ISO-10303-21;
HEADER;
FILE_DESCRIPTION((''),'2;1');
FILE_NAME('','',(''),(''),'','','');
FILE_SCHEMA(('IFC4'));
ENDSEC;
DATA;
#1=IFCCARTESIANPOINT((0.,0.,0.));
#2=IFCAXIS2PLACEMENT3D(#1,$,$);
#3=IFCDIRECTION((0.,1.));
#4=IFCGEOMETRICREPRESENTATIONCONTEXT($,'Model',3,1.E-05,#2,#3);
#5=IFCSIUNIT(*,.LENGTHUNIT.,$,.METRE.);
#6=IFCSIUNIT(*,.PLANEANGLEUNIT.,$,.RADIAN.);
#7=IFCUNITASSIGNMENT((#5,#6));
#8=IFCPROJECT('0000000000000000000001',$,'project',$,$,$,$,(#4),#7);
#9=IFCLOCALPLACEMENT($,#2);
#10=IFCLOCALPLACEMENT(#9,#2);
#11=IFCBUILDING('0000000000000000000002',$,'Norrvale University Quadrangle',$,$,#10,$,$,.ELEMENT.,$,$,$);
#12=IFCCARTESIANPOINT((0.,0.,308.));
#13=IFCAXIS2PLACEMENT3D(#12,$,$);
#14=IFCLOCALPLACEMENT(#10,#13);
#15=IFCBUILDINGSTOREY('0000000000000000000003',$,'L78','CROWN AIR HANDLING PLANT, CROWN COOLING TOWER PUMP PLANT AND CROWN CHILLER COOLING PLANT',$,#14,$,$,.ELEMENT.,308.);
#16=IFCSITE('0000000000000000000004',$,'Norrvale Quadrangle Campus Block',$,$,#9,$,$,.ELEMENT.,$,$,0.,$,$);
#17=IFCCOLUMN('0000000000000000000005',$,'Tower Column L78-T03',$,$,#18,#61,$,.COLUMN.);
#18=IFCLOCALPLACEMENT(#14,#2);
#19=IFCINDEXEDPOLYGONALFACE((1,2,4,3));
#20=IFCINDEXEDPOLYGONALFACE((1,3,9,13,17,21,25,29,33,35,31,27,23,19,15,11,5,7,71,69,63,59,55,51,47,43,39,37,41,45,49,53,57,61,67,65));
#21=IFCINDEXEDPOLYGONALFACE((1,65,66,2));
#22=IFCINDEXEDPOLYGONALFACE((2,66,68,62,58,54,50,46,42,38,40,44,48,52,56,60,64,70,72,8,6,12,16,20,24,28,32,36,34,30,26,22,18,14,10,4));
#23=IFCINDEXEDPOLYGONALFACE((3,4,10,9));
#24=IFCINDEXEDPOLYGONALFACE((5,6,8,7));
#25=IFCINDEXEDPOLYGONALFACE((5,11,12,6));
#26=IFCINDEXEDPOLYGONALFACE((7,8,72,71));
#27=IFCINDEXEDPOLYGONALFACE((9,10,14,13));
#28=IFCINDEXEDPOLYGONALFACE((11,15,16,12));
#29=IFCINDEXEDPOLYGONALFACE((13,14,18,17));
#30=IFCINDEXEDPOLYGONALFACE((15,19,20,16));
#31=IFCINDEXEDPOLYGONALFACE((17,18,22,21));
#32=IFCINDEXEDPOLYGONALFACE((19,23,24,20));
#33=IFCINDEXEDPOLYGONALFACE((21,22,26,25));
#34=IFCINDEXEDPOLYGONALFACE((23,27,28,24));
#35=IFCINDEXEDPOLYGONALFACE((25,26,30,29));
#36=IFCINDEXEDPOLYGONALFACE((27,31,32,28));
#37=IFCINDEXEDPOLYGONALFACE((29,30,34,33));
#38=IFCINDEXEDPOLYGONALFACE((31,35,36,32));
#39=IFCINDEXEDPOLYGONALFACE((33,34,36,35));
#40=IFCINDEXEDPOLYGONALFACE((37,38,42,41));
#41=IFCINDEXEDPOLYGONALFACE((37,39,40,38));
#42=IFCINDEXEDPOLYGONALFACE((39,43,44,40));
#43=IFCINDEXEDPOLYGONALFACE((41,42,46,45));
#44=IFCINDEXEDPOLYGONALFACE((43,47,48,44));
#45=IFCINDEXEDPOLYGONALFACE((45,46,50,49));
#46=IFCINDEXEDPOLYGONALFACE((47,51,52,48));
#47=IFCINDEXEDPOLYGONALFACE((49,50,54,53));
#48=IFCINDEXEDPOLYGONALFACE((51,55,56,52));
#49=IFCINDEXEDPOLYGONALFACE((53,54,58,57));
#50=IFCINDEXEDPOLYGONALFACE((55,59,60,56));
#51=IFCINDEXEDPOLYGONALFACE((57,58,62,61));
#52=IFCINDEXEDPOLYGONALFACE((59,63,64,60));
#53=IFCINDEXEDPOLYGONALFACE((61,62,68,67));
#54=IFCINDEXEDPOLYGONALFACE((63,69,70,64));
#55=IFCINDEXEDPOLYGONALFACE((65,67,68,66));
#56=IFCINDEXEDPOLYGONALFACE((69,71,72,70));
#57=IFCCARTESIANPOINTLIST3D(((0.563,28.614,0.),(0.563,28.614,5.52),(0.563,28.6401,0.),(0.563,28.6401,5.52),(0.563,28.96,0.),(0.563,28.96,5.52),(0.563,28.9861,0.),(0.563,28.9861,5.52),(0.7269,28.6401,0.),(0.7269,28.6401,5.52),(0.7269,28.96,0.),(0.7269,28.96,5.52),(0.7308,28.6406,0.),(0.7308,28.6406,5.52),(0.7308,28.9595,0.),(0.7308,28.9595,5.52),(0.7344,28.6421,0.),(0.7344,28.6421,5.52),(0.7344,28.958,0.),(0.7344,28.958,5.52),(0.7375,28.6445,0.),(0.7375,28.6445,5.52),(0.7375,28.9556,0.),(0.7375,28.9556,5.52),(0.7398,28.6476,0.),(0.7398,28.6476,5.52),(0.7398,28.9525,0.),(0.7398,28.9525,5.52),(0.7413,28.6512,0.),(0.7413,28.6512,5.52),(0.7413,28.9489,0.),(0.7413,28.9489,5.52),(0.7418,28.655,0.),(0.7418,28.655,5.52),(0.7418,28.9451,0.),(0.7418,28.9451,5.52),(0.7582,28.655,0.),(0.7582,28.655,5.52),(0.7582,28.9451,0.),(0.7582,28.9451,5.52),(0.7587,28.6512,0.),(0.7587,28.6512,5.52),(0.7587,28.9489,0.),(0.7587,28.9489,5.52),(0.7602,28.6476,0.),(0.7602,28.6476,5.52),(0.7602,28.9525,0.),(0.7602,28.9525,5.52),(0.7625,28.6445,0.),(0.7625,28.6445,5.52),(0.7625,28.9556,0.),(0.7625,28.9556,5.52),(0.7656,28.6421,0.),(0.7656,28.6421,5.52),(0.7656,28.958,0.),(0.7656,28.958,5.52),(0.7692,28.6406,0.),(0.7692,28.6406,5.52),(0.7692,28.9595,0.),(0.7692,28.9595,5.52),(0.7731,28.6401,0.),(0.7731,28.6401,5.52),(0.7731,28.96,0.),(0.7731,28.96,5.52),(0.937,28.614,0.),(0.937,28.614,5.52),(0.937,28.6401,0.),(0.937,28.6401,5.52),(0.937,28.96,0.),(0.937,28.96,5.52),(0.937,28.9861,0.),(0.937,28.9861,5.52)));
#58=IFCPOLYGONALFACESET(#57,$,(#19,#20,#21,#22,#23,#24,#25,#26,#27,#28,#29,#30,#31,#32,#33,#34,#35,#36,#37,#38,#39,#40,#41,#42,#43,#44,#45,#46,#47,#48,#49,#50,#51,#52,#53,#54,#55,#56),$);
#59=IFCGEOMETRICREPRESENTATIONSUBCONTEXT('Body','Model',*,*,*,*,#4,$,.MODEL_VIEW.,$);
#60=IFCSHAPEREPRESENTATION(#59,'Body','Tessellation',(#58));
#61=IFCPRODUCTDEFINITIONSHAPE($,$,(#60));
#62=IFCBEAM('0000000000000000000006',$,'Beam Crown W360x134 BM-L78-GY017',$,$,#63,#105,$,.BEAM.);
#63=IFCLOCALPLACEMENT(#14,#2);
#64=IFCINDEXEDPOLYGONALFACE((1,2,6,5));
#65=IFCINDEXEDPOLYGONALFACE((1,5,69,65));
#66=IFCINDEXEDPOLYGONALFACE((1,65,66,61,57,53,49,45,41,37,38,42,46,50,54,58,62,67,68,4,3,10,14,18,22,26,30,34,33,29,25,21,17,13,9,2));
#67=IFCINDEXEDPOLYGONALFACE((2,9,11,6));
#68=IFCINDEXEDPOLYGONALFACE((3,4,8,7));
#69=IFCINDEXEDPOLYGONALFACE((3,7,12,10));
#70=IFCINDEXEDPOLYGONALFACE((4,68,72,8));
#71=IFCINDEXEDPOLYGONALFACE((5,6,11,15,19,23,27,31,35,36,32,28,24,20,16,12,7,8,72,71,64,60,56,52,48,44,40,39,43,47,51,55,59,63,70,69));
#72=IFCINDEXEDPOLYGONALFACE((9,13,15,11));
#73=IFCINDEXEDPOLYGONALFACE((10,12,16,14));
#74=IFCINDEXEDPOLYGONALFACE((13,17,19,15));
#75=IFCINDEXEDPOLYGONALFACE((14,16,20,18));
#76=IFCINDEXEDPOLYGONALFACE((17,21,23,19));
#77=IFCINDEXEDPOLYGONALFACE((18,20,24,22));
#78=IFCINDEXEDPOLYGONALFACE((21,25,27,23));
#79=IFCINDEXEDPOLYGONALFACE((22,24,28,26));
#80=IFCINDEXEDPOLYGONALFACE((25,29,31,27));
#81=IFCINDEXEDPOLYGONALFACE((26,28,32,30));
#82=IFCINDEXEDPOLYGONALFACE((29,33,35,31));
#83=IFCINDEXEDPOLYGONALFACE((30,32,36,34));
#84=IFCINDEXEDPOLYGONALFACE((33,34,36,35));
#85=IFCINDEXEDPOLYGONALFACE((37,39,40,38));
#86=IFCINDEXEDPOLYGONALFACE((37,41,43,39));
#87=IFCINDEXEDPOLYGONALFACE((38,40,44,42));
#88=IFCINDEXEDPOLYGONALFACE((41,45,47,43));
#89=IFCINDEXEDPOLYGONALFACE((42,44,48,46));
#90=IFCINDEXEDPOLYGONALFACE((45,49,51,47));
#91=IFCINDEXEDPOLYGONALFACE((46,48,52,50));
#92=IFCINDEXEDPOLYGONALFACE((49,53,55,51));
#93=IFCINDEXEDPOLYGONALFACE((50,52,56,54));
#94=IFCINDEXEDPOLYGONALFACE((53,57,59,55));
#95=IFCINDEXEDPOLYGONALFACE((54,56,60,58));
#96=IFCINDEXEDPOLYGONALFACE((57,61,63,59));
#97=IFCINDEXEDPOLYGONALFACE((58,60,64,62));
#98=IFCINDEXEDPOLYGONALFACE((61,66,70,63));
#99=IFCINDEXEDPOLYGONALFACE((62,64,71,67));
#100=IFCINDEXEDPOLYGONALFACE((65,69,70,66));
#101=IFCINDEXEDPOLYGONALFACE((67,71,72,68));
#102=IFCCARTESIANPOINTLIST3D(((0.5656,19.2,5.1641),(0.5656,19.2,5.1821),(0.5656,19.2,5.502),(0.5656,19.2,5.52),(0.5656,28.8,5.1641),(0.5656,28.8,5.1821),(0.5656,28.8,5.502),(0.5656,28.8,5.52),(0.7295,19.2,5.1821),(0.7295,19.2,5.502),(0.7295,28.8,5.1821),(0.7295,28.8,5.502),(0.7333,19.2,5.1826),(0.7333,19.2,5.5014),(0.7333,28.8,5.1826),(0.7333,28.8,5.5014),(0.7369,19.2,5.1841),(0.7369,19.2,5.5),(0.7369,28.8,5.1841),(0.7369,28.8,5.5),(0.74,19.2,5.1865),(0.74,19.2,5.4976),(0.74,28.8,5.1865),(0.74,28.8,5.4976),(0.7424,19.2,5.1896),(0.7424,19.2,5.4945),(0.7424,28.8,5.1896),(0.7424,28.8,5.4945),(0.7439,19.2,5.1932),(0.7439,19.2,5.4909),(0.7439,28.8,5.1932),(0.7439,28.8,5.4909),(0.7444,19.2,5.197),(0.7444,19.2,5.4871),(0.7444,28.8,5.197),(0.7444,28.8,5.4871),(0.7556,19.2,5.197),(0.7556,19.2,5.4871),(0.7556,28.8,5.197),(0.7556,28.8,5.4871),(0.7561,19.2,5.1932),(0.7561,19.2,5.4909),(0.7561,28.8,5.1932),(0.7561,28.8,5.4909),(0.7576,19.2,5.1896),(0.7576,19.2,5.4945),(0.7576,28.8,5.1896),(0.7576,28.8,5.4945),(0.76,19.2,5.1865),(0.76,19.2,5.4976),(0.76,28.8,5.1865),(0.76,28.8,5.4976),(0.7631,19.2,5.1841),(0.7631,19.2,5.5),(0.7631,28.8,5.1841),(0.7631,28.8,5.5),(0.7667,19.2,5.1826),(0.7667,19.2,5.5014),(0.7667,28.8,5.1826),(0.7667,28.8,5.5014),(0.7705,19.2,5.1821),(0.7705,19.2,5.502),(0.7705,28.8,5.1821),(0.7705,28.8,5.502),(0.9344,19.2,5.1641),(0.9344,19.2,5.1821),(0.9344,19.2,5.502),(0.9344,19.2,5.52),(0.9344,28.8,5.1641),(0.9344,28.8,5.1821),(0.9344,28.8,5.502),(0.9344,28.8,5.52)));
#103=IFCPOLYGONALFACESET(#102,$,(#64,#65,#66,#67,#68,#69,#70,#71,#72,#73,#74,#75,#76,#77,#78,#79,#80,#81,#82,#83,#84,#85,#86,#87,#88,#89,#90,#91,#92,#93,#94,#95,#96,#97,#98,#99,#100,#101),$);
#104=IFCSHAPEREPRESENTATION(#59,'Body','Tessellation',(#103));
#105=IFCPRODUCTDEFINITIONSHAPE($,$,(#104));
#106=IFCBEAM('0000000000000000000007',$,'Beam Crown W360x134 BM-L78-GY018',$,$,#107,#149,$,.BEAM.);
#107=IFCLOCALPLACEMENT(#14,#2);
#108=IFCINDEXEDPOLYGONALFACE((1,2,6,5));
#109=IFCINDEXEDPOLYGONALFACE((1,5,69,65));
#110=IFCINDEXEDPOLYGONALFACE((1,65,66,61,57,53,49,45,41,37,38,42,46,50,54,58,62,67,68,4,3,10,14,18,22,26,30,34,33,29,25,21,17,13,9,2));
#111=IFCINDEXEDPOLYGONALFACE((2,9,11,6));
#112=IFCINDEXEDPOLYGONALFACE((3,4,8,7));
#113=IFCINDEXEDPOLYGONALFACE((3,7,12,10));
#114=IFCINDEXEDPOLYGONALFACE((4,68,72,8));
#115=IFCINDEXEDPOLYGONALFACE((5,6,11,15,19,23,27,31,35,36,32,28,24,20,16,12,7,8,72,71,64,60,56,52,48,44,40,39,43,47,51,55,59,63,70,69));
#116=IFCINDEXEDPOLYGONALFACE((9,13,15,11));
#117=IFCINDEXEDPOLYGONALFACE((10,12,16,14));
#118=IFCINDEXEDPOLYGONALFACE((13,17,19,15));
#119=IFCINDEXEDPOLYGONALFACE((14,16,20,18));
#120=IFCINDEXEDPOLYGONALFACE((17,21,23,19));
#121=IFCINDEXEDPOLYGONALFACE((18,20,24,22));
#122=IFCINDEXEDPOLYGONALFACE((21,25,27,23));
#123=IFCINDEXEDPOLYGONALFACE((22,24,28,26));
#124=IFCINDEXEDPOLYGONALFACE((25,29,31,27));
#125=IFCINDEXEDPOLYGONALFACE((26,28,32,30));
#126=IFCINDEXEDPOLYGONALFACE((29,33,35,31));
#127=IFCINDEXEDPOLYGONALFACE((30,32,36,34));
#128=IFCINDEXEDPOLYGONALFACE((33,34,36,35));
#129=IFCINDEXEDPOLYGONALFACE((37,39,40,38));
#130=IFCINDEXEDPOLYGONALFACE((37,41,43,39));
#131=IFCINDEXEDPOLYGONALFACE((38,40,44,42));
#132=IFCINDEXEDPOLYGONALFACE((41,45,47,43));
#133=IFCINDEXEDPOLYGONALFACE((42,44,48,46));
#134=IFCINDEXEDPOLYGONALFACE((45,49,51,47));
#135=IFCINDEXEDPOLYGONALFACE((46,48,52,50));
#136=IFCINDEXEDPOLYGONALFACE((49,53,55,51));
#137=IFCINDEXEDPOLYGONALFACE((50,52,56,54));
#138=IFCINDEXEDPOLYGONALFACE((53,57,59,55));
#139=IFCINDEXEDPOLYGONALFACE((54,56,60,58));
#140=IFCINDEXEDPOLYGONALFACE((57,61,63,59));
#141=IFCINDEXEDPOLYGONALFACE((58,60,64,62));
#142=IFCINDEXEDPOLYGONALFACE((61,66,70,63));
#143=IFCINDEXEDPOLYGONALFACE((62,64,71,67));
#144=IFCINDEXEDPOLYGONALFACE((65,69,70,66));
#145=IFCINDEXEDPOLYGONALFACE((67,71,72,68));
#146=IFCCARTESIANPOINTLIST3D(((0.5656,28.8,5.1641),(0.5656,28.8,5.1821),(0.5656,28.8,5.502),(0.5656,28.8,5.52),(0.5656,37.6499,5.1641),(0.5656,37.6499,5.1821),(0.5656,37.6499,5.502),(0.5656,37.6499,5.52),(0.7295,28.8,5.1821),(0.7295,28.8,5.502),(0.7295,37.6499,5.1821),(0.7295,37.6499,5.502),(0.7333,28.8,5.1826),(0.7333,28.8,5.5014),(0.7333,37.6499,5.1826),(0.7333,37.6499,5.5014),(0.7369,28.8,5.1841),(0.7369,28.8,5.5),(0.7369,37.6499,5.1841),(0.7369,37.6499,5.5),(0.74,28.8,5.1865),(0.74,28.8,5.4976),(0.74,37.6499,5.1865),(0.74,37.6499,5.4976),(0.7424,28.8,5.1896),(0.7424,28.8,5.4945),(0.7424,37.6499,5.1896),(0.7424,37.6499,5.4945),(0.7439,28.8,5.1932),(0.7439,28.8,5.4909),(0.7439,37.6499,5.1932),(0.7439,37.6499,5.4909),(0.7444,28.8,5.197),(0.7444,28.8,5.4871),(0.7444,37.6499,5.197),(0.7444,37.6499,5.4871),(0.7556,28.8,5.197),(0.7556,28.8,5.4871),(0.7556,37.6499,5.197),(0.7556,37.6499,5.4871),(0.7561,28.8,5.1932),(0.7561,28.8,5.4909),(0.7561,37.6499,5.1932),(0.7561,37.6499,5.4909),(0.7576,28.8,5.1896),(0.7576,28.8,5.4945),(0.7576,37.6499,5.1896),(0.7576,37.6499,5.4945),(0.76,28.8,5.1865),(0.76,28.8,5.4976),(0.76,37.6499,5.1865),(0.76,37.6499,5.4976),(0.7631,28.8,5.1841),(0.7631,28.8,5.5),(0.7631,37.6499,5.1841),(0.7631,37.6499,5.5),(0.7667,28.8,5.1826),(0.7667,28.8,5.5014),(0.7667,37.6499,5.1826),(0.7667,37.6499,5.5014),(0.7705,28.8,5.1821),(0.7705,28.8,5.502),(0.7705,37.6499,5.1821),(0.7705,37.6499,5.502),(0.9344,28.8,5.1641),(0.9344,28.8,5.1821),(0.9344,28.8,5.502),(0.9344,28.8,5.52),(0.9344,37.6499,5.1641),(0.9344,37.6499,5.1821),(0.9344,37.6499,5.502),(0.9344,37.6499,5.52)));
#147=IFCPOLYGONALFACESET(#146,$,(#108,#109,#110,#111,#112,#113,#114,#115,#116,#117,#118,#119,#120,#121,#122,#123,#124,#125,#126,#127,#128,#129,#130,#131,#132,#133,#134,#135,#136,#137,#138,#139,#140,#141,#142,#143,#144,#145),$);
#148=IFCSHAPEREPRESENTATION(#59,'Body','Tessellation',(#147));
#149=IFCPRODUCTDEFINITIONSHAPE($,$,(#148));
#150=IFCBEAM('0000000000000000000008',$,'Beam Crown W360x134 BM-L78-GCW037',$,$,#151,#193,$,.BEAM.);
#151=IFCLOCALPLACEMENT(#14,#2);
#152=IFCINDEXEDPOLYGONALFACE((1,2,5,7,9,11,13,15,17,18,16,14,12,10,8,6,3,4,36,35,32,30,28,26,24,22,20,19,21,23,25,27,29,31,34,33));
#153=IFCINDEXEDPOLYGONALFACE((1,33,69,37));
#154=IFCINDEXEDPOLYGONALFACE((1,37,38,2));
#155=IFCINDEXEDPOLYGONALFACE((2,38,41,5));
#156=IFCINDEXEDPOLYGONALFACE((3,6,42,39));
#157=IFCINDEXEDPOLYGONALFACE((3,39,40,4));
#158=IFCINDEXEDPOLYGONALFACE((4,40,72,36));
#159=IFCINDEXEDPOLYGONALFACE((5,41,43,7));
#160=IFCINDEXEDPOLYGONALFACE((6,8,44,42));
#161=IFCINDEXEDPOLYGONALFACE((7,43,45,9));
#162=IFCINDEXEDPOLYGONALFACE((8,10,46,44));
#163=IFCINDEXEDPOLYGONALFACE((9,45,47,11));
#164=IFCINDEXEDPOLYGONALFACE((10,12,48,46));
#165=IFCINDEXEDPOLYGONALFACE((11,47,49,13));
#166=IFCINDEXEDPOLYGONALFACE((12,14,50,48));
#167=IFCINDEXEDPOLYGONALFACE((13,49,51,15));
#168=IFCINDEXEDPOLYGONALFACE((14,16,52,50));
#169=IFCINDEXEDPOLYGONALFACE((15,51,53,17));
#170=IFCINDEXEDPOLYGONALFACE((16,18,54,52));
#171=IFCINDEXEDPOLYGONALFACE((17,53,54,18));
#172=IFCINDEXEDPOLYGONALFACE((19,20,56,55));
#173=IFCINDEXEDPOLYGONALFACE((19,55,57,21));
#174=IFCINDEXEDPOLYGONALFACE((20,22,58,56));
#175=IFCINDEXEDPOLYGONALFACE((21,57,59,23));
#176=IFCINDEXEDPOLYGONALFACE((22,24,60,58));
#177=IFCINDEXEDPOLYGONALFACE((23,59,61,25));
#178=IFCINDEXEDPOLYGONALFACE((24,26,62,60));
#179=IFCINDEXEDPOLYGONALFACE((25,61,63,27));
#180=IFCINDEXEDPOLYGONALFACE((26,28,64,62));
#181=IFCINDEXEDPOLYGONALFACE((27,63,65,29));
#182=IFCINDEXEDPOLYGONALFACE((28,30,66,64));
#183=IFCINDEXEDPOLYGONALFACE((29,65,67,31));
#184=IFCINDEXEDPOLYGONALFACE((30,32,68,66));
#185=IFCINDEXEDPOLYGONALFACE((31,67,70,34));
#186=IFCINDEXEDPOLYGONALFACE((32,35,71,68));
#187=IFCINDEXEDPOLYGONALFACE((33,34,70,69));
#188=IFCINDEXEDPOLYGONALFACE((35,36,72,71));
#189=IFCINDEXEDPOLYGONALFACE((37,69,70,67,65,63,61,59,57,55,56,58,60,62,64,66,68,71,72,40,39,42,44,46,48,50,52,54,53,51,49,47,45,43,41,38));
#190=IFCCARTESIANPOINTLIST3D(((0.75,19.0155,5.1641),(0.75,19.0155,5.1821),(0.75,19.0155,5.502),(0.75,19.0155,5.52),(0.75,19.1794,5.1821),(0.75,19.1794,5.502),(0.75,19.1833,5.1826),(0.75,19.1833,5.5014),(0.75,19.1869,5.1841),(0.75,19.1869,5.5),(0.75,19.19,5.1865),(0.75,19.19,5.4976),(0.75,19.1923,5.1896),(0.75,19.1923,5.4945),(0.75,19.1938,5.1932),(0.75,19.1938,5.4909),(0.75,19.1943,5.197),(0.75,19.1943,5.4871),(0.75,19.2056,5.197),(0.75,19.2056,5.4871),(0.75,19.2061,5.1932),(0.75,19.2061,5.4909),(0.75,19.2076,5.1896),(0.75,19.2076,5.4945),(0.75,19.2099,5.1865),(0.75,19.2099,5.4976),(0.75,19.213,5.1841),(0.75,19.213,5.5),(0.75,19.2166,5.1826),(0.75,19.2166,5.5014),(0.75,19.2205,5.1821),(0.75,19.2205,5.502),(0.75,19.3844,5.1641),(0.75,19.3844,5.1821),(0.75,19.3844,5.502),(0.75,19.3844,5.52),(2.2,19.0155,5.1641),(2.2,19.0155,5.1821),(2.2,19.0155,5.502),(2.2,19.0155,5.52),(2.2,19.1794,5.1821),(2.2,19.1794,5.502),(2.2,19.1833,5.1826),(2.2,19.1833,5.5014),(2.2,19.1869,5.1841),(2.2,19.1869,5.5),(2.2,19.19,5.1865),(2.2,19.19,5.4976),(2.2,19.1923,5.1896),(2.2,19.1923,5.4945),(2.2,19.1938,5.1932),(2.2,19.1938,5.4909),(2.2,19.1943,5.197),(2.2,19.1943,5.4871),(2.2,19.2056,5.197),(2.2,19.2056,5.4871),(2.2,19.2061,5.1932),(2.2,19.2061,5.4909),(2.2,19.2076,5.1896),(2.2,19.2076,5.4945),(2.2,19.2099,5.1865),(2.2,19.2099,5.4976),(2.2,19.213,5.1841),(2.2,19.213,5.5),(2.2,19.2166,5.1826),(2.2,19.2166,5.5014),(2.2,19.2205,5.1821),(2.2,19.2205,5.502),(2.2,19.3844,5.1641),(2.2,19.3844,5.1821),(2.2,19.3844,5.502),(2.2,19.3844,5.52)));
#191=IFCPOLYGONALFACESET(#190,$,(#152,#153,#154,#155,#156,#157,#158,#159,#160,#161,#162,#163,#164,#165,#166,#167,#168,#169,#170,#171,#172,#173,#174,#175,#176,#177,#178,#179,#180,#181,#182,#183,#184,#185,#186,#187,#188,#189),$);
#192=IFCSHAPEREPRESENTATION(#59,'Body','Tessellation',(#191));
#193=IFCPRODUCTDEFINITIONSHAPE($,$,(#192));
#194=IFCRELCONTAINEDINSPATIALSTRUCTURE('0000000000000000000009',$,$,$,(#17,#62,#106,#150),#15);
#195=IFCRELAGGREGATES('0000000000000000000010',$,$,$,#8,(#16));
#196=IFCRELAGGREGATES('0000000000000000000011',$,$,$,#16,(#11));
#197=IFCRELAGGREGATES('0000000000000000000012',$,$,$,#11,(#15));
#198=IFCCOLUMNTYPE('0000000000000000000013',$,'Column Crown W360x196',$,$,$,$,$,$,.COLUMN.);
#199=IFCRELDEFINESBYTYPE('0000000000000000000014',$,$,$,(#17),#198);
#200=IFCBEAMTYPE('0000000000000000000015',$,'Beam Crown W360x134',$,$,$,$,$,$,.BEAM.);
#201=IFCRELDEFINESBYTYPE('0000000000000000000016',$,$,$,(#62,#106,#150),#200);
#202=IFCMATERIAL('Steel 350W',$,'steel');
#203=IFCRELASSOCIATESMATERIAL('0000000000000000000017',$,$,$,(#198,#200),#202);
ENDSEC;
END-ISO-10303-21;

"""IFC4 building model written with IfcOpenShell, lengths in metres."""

from ifc_helpers import new_model, si_unit, direction, frame, origin, origin_2d, place, context, subcontext, project, spatial, i_section, extrude, material, material_profile, profile_set, type_object, element, save


model = new_model("IFC4")

# Units and contexts
model_context = context("Model", 3, precision=1e-05, world=origin(), true_north=direction((0.0, 1.0)))
body_context = subcontext(model_context, "Body", "Model", "MODEL_VIEW")
ifc_project = project(units=[si_unit("LENGTHUNIT", "METRE"), si_unit("PLANEANGLEUNIT", "RADIAN")], contexts=[model_context])

# Site, building, storey
site_placement = place(None, origin())
site = spatial("IfcSite", under=ifc_project, at=site_placement, Name="Norrvale Quadrangle Campus Block", CompositionType="ELEMENT", RefElevation=0.0)
building_placement = place(site_placement, origin())
building = spatial("IfcBuilding", under=site, at=building_placement, Name="Norrvale University Quadrangle", CompositionType="ELEMENT")
storey_placement = place(building_placement, frame((0.0, 0.0, 308.0)))
storey = spatial("IfcBuildingStorey", under=building, at=storey_placement, Name="L78", Description="CROWN AIR HANDLING PLANT, CROWN COOLING TOWER PUMP PLANT AND CROWN CHILLER COOLING PLANT", CompositionType="ELEMENT", Elevation=308.0)

# Column
ifc_material_1 = material(Name="Steel 350W", Category="steel")
ifc_material_profile_1 = material_profile(ifc_material_1, i_section(OverallWidth=0.374, OverallDepth=0.3721, WebThickness=0.0164, FlangeThickness=0.0261, FilletRadius=0.0149, at=origin_2d()), Name="Steel 350W")
ifc_profile_set_1 = profile_set([ifc_material_profile_1], Name="Steel 350W")
column_type = type_object("IfcColumnType", Name="Column Crown W360x196", PredefinedType="COLUMN", material=ifc_profile_set_1)
column_placement = place(storey_placement, frame((0.75, 28.8, 0.0), z_axis=(0.0, 0.0, 1.0), x_axis=(1.0, 0.0, 0.0)))
element("IfcColumn", 1, at=column_placement, inside=storey, type_object=column_type, Name="Tower Column L78-T03", PredefinedType="COLUMN", context=body_context, shape_type="SweptSolid", body=[
    extrude(i_section(OverallWidth=0.374, OverallDepth=0.3721, WebThickness=0.0164, FlangeThickness=0.0261, FilletRadius=0.0149, at=origin_2d()), origin(), (0.0, 0.0, 1.0), 5.52),
])

# Beams
ifc_material_profile_2 = material_profile(ifc_material_1, i_section(OverallWidth=0.3689, OverallDepth=0.356, WebThickness=0.0112, FlangeThickness=0.0181, FilletRadius=0.0149, at=origin_2d()), Name="Steel 350W")
ifc_profile_set_2 = profile_set([ifc_material_profile_2], Name="Steel 350W")
beam_type = type_object("IfcBeamType", Name="Beam Crown W360x134", PredefinedType="BEAM", material=ifc_profile_set_2)
beam_1_placement = place(storey_placement, frame((0.75, 19.2, 5.342), z_axis=(0.0, 1.0, 0.0), x_axis=(-1.0, 0.0, 0.0)))
element("IfcBeam", 2, at=beam_1_placement, inside=storey, type_object=beam_type, Name="Beam Crown W360x134 BM-L78-GY017", PredefinedType="BEAM", context=body_context, shape_type="SweptSolid", body=[
    extrude(i_section(OverallWidth=0.3689, OverallDepth=0.356, WebThickness=0.0112, FlangeThickness=0.0181, FilletRadius=0.0149, at=origin_2d()), origin(), (0.0, 0.0, 1.0), 9.6001),
])
beam_2_placement = place(storey_placement, frame((0.75, 28.8, 5.342), z_axis=(0.0, 1.0, 0.0), x_axis=(-1.0, 0.0, 0.0)))
element("IfcBeam", 3, at=beam_2_placement, inside=storey, type_object=beam_type, Name="Beam Crown W360x134 BM-L78-GY018", PredefinedType="BEAM", context=body_context, shape_type="SweptSolid", body=[
    extrude(i_section(OverallWidth=0.3689, OverallDepth=0.356, WebThickness=0.0112, FlangeThickness=0.0181, FilletRadius=0.0149, at=origin_2d()), origin(), (0.0, 0.0, 1.0), 8.8499),
])
beam_3_placement = place(storey_placement, frame((0.75, 19.2, 5.342), z_axis=(1.0, 0.0, 0.0), x_axis=(0.0, 1.0, 0.0)))
element("IfcBeam", 4, at=beam_3_placement, inside=storey, type_object=beam_type, Name="Beam Crown W360x134 BM-L78-GCW037", PredefinedType="BEAM", context=body_context, shape_type="SweptSolid", body=[
    extrude(i_section(OverallWidth=0.3689, OverallDepth=0.356, WebThickness=0.0112, FlangeThickness=0.0181, FilletRadius=0.0149, at=origin_2d()), origin(), (0.0, 0.0, 1.0), 1.45),
])

save(model, "model.ifc")
